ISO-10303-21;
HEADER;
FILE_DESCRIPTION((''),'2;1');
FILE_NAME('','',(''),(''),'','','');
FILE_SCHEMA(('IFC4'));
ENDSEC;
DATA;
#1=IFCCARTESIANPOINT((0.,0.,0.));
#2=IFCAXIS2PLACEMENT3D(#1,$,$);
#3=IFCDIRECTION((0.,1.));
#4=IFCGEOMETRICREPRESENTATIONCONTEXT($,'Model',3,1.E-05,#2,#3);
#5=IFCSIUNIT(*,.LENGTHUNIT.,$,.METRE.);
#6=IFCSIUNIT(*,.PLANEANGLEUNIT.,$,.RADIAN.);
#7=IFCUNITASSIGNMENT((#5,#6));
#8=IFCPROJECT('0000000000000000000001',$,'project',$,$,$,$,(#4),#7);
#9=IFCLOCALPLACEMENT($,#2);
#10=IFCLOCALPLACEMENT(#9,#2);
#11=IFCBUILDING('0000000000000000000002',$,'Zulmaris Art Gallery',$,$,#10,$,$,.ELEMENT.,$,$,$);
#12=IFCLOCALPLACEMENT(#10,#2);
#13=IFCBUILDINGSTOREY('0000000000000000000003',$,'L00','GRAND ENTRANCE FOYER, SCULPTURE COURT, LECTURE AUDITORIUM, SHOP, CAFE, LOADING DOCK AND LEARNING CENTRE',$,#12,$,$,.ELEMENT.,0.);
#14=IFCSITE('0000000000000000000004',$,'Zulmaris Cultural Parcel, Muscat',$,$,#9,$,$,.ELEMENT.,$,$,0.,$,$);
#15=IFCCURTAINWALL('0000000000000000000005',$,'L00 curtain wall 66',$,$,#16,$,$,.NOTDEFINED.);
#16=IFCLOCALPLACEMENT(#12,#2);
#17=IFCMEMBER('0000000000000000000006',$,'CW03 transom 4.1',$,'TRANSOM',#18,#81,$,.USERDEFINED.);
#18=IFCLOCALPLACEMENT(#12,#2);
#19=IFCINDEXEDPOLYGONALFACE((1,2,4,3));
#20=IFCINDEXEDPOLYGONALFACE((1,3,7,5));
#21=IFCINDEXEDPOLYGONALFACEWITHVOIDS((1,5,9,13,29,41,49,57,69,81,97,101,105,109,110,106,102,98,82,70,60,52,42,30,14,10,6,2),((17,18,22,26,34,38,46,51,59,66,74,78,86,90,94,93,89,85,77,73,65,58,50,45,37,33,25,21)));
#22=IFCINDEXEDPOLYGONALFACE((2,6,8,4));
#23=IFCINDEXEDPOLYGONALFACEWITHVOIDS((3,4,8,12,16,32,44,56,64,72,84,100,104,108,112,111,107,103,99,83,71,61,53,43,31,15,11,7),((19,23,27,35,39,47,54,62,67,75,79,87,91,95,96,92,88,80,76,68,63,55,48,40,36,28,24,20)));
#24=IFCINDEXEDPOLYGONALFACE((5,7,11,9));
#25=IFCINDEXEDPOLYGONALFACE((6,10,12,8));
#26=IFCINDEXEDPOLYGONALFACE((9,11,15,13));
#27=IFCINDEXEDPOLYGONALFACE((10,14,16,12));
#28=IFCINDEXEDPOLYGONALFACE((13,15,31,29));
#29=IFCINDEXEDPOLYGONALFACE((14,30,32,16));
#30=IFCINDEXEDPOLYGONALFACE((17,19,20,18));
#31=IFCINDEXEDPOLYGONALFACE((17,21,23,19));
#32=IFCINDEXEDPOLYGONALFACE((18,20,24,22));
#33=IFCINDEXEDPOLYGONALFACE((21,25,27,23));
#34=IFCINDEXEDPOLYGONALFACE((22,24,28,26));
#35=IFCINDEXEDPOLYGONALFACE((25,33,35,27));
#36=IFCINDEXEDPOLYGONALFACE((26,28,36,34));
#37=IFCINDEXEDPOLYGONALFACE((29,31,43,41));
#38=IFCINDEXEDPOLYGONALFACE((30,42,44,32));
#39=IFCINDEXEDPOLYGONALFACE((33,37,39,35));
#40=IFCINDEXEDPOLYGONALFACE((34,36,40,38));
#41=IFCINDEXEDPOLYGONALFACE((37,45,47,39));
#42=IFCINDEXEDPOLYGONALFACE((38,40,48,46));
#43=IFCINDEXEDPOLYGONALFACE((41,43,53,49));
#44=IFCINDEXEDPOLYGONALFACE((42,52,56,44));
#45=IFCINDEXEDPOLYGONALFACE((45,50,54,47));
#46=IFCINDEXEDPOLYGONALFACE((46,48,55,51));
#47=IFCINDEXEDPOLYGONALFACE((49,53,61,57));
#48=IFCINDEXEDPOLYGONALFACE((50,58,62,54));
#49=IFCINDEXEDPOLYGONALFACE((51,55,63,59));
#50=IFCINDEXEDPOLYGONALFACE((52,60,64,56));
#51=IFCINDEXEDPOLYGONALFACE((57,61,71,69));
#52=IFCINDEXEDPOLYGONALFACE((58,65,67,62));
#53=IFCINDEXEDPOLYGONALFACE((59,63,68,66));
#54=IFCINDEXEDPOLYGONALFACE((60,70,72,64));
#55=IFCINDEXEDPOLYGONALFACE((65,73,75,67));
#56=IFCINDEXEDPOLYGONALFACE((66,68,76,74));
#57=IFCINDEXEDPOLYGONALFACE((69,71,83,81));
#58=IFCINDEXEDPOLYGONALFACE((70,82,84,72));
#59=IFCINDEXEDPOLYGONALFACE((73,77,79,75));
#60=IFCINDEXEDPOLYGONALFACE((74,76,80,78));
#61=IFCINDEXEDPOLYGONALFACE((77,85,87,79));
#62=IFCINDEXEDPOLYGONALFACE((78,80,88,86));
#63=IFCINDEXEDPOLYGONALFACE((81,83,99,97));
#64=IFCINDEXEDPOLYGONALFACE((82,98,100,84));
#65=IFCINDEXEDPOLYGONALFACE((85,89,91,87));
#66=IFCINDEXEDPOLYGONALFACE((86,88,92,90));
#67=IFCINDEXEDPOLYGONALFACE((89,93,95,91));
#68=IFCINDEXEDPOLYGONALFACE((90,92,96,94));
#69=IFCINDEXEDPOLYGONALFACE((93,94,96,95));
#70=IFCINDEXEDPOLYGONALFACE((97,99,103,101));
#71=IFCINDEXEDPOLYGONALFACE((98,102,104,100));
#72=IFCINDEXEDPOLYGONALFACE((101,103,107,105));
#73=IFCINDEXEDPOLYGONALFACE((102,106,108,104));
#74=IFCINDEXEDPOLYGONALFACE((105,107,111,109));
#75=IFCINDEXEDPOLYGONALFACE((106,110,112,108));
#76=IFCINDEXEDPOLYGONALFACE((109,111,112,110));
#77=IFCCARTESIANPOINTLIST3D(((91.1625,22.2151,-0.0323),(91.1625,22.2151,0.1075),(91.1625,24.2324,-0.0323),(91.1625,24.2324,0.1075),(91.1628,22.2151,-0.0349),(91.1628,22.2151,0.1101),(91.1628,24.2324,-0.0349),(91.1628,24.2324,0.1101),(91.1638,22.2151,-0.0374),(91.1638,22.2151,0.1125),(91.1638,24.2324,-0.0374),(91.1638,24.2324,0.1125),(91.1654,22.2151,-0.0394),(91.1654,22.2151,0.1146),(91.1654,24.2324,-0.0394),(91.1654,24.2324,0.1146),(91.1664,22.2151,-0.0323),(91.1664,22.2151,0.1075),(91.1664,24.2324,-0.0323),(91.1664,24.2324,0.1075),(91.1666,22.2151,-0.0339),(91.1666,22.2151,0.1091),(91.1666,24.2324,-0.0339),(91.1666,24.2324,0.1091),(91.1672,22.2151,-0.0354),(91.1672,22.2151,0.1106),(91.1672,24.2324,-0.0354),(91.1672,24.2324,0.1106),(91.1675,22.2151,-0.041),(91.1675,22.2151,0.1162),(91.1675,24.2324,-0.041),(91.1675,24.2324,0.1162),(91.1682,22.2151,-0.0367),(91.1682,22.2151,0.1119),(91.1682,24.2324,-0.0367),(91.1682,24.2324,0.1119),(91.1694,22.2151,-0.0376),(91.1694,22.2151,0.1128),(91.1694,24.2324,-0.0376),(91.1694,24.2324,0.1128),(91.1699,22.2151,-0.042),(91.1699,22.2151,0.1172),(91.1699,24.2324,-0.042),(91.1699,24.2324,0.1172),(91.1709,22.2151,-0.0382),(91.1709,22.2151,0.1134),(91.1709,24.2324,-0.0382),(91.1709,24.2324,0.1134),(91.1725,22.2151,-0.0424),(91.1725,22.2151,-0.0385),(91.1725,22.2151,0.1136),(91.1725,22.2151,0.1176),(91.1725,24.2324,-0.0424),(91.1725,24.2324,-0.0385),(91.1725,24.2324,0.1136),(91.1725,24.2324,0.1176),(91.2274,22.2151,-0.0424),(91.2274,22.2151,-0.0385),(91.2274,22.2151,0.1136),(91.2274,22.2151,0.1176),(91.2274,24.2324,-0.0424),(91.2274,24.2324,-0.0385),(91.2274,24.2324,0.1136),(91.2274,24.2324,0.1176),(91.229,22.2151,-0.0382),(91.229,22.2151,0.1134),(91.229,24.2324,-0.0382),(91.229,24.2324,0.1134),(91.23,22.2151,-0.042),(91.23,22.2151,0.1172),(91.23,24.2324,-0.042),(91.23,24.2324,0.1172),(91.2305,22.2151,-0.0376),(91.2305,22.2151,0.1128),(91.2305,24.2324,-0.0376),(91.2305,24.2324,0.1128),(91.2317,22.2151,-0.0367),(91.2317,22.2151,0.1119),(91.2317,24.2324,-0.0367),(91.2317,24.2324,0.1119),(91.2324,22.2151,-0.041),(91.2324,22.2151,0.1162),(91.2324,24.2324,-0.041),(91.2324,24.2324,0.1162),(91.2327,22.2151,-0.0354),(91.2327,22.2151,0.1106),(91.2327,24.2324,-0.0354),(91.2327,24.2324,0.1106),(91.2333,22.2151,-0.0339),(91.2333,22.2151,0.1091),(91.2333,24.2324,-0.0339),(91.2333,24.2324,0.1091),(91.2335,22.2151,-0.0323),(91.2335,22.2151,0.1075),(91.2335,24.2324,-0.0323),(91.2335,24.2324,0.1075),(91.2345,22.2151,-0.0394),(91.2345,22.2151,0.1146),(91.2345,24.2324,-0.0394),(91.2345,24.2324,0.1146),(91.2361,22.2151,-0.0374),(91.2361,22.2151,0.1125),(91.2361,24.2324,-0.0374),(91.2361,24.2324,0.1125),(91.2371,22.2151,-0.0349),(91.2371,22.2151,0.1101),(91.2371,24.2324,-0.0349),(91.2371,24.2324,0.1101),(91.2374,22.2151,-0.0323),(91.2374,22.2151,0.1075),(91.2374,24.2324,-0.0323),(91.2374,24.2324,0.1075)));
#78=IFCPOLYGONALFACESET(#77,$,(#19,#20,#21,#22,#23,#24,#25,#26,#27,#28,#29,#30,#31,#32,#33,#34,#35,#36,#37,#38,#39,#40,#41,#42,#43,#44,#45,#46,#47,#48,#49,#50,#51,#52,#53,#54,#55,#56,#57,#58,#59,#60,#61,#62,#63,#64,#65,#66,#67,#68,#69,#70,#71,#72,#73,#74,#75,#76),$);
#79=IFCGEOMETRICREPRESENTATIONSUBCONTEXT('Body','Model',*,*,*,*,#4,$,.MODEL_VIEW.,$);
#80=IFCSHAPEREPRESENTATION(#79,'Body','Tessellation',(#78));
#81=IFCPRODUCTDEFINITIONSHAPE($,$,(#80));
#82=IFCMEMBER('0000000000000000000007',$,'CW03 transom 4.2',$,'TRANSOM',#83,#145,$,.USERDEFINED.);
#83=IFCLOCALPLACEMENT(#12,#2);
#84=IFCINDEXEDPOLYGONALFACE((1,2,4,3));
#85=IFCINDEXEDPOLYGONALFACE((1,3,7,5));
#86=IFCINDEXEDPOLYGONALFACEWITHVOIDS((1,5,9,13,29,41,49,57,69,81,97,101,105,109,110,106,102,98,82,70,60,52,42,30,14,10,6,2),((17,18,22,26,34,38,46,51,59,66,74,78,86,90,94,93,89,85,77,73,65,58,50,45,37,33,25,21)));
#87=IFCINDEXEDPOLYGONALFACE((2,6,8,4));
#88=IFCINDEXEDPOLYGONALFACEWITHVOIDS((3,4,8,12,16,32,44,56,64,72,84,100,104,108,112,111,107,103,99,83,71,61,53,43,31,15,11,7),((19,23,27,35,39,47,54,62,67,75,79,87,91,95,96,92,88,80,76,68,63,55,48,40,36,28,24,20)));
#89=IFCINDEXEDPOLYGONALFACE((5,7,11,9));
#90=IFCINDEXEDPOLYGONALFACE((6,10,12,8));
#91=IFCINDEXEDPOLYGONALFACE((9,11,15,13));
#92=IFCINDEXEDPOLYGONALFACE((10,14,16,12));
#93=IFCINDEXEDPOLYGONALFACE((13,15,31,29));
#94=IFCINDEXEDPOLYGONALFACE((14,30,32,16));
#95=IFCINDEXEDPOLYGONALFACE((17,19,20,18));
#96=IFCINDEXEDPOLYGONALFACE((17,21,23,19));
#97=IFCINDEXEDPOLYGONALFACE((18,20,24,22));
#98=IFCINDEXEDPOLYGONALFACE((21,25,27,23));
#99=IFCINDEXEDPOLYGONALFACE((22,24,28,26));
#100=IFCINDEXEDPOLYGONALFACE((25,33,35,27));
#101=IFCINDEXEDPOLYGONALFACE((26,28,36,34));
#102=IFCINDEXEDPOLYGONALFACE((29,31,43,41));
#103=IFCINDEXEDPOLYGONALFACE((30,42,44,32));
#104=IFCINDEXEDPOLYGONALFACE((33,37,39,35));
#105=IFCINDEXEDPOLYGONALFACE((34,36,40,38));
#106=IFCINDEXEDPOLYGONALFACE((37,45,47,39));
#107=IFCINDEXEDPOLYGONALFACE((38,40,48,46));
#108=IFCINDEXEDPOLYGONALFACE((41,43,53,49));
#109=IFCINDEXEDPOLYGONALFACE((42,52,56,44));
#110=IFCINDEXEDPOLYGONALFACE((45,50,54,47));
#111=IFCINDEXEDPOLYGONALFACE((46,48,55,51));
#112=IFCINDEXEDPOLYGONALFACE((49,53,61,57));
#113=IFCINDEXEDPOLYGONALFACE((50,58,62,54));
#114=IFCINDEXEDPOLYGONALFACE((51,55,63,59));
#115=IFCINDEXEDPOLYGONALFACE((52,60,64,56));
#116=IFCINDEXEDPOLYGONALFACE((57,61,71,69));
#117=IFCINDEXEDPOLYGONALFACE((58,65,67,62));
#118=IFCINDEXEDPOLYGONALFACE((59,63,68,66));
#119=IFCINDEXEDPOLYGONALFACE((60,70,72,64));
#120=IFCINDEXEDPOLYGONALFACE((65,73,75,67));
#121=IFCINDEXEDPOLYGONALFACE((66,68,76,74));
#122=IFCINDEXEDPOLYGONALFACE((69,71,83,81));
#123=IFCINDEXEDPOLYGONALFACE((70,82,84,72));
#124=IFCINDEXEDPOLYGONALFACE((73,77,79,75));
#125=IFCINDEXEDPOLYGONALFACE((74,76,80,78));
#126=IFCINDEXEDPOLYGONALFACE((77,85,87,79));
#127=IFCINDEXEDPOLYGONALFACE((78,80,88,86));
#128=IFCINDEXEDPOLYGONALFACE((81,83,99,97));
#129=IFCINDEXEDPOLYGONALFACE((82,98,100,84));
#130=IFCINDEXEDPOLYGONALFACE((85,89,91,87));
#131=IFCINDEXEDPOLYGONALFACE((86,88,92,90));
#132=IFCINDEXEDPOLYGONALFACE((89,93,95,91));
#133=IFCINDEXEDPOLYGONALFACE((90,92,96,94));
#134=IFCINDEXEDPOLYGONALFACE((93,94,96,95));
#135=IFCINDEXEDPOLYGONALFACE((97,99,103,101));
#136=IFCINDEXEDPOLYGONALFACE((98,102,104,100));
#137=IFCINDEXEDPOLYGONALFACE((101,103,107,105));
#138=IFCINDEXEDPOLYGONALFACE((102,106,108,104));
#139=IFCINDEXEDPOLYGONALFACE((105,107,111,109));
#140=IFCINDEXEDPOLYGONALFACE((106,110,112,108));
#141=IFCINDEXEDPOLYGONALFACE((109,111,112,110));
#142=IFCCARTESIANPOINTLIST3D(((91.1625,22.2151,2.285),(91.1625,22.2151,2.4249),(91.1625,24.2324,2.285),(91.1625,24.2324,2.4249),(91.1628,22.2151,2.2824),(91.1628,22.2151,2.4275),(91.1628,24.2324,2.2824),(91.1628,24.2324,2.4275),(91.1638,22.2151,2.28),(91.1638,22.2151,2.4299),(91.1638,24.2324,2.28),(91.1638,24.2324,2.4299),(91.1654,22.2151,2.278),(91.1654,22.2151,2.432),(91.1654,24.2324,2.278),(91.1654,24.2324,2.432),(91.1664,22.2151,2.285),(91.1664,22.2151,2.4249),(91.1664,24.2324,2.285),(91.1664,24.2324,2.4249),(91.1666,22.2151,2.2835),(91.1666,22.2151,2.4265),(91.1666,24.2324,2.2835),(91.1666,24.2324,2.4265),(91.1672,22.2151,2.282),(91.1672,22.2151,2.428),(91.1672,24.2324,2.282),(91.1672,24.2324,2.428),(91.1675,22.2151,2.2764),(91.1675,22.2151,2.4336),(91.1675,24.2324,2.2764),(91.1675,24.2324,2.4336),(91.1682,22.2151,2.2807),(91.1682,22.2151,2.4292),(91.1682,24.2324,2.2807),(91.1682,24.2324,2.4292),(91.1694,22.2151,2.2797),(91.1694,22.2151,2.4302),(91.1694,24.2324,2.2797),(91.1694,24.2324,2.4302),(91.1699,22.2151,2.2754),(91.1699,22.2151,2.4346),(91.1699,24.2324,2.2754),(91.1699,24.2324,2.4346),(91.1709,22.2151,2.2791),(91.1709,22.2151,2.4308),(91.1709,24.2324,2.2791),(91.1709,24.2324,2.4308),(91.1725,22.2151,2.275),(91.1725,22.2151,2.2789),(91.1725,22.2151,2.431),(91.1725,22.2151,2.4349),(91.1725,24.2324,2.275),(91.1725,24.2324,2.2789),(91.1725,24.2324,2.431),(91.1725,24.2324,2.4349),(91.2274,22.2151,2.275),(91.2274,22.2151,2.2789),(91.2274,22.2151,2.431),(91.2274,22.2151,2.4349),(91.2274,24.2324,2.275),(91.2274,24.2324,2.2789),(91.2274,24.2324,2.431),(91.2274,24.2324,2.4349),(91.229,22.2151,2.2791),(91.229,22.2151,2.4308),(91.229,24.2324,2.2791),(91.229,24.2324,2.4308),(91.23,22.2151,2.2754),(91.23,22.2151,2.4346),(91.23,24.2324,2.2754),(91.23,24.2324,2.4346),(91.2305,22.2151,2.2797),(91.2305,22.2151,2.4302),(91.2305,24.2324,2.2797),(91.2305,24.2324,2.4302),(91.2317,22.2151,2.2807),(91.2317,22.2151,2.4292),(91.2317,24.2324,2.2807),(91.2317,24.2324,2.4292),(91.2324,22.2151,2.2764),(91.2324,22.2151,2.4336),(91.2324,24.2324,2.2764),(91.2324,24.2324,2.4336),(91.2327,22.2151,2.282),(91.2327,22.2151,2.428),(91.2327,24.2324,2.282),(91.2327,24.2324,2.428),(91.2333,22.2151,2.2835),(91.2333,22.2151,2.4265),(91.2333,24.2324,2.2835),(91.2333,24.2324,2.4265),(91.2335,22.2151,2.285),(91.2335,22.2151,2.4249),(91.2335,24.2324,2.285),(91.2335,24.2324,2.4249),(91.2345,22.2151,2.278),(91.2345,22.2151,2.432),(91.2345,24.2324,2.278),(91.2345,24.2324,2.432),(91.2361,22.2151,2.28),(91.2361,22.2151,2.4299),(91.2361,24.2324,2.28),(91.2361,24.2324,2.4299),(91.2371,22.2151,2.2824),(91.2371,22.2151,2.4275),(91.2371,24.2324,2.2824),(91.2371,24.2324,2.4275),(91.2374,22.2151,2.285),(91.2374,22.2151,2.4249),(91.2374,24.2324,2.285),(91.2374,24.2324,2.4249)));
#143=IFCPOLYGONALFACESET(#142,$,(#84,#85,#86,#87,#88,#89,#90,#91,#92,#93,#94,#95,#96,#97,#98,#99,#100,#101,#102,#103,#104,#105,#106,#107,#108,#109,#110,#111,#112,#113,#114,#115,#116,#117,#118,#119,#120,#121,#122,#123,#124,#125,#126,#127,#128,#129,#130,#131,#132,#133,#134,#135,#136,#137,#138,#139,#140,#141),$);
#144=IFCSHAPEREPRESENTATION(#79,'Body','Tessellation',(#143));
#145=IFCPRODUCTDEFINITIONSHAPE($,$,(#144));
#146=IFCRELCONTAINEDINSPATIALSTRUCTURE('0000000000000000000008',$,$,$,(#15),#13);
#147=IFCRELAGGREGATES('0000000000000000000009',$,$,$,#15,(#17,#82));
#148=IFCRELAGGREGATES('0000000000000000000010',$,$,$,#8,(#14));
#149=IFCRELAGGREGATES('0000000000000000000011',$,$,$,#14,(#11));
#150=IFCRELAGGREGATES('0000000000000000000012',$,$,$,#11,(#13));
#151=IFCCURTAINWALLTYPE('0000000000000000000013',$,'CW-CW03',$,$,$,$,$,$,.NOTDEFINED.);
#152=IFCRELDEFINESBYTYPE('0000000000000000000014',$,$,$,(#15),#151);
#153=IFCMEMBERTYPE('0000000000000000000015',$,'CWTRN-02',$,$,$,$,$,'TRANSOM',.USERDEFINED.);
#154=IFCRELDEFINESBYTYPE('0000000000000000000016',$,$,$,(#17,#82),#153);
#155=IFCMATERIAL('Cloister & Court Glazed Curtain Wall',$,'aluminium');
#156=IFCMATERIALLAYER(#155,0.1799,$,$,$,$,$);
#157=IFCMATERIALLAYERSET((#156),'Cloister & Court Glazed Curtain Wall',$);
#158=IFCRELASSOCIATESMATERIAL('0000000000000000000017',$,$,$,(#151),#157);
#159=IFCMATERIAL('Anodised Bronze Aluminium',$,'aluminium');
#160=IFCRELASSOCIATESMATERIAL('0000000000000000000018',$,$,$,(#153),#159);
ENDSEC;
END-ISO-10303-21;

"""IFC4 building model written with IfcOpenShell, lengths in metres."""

from ifc_helpers import new_model, si_unit, direction, frame, origin, origin_2d, place, context, subcontext, project, spatial, hollow_rectangle, extrude, material, layer, layer_set, material_profile, profile_set, type_object, element, aggregate, save


model = new_model("IFC4")

# Units and contexts
model_context = context("Model", 3, precision=1e-05, world=origin(), true_north=direction((0.0, 1.0)))
body_context = subcontext(model_context, "Body", "Model", "MODEL_VIEW")
ifc_project = project(units=[si_unit("LENGTHUNIT", "METRE"), si_unit("PLANEANGLEUNIT", "RADIAN")], contexts=[model_context])

# Site, building, storey
site_placement = place(None, origin())
site = spatial("IfcSite", under=ifc_project, at=site_placement, Name="Zulmaris Cultural Parcel, Muscat", CompositionType="ELEMENT", RefElevation=0.0)
building_placement = place(site_placement, origin())
building = spatial("IfcBuilding", under=site, at=building_placement, Name="Zulmaris Art Gallery", CompositionType="ELEMENT")
storey_placement = place(building_placement, origin())
storey = spatial("IfcBuildingStorey", under=building, at=storey_placement, Name="L00", Description="GRAND ENTRANCE FOYER, SCULPTURE COURT, LECTURE AUDITORIUM, SHOP, CAFE, LOADING DOCK AND LEARNING CENTRE", CompositionType="ELEMENT", Elevation=0.0)

# Curtain wall
ifc_material_1 = material(Name="Cloister & Court Glazed Curtain Wall", Category="aluminium")
ifc_layer_1 = layer(ifc_material_1, 0.1799)
ifc_layer_set_1 = layer_set([ifc_layer_1], Name="Cloister & Court Glazed Curtain Wall")
curtain_wall_type = type_object("IfcCurtainWallType", Name="CW-CW03", PredefinedType="NOTDEFINED", material=ifc_layer_set_1)
curtain_wall_1_placement = place(storey_placement, origin())
curtain_wall_1 = element("IfcCurtainWall", 1, at=curtain_wall_1_placement, inside=storey, type_object=curtain_wall_type, Name="L00 curtain wall 66", PredefinedType="NOTDEFINED")
ifc_material_2 = material(Name="Anodised Bronze Aluminium", Category="aluminium")

# Members
ifc_material_profile_1 = material_profile(ifc_material_2, hollow_rectangle(XDim=0.075, YDim=0.1599, WallThickness=0.0039, InnerFilletRadius=0.0061, OuterFilletRadius=0.01, at=origin_2d()), Name="ALU 75x160x4")
ifc_profile_set_1 = profile_set([ifc_material_profile_1], Name="Anodised Bronze Aluminium")
member_type_1 = type_object("IfcMemberType", Name="CWTRN-02", ElementType="TRANSOM", PredefinedType="USERDEFINED", material=ifc_profile_set_1)
member_1_placement = place(storey_placement, frame((91.2, 24.2324, 0.0376), z_axis=(0.0, -1.0, 0.0), x_axis=(1.0, 0.0, 0.0)))
member_1 = element("IfcMember", 2, at=member_1_placement, type_object=member_type_1, Name="CW03 transom 4.1", ObjectType="TRANSOM", PredefinedType="USERDEFINED", context=body_context, shape_type="SweptSolid", body=[
    extrude(hollow_rectangle(XDim=0.075, YDim=0.1599, WallThickness=0.0039, InnerFilletRadius=0.0061, OuterFilletRadius=0.01, at=origin_2d()), origin(), (0.0, 0.0, 1.0), 2.0173),
])
member_2_placement = place(storey_placement, frame((91.2, 24.2324, 2.355), z_axis=(0.0, -1.0, 0.0), x_axis=(1.0, 0.0, 0.0)))
member_2 = element("IfcMember", 3, at=member_2_placement, type_object=member_type_1, Name="CW03 transom 4.2", ObjectType="TRANSOM", PredefinedType="USERDEFINED", context=body_context, shape_type="SweptSolid", body=[
    extrude(hollow_rectangle(XDim=0.075, YDim=0.1599, WallThickness=0.0039, InnerFilletRadius=0.0061, OuterFilletRadius=0.01, at=origin_2d()), origin(), (0.0, 0.0, 1.0), 2.0173),
])

aggregate(curtain_wall_1, [member_1, member_2])

save(model, "model.ifc")
